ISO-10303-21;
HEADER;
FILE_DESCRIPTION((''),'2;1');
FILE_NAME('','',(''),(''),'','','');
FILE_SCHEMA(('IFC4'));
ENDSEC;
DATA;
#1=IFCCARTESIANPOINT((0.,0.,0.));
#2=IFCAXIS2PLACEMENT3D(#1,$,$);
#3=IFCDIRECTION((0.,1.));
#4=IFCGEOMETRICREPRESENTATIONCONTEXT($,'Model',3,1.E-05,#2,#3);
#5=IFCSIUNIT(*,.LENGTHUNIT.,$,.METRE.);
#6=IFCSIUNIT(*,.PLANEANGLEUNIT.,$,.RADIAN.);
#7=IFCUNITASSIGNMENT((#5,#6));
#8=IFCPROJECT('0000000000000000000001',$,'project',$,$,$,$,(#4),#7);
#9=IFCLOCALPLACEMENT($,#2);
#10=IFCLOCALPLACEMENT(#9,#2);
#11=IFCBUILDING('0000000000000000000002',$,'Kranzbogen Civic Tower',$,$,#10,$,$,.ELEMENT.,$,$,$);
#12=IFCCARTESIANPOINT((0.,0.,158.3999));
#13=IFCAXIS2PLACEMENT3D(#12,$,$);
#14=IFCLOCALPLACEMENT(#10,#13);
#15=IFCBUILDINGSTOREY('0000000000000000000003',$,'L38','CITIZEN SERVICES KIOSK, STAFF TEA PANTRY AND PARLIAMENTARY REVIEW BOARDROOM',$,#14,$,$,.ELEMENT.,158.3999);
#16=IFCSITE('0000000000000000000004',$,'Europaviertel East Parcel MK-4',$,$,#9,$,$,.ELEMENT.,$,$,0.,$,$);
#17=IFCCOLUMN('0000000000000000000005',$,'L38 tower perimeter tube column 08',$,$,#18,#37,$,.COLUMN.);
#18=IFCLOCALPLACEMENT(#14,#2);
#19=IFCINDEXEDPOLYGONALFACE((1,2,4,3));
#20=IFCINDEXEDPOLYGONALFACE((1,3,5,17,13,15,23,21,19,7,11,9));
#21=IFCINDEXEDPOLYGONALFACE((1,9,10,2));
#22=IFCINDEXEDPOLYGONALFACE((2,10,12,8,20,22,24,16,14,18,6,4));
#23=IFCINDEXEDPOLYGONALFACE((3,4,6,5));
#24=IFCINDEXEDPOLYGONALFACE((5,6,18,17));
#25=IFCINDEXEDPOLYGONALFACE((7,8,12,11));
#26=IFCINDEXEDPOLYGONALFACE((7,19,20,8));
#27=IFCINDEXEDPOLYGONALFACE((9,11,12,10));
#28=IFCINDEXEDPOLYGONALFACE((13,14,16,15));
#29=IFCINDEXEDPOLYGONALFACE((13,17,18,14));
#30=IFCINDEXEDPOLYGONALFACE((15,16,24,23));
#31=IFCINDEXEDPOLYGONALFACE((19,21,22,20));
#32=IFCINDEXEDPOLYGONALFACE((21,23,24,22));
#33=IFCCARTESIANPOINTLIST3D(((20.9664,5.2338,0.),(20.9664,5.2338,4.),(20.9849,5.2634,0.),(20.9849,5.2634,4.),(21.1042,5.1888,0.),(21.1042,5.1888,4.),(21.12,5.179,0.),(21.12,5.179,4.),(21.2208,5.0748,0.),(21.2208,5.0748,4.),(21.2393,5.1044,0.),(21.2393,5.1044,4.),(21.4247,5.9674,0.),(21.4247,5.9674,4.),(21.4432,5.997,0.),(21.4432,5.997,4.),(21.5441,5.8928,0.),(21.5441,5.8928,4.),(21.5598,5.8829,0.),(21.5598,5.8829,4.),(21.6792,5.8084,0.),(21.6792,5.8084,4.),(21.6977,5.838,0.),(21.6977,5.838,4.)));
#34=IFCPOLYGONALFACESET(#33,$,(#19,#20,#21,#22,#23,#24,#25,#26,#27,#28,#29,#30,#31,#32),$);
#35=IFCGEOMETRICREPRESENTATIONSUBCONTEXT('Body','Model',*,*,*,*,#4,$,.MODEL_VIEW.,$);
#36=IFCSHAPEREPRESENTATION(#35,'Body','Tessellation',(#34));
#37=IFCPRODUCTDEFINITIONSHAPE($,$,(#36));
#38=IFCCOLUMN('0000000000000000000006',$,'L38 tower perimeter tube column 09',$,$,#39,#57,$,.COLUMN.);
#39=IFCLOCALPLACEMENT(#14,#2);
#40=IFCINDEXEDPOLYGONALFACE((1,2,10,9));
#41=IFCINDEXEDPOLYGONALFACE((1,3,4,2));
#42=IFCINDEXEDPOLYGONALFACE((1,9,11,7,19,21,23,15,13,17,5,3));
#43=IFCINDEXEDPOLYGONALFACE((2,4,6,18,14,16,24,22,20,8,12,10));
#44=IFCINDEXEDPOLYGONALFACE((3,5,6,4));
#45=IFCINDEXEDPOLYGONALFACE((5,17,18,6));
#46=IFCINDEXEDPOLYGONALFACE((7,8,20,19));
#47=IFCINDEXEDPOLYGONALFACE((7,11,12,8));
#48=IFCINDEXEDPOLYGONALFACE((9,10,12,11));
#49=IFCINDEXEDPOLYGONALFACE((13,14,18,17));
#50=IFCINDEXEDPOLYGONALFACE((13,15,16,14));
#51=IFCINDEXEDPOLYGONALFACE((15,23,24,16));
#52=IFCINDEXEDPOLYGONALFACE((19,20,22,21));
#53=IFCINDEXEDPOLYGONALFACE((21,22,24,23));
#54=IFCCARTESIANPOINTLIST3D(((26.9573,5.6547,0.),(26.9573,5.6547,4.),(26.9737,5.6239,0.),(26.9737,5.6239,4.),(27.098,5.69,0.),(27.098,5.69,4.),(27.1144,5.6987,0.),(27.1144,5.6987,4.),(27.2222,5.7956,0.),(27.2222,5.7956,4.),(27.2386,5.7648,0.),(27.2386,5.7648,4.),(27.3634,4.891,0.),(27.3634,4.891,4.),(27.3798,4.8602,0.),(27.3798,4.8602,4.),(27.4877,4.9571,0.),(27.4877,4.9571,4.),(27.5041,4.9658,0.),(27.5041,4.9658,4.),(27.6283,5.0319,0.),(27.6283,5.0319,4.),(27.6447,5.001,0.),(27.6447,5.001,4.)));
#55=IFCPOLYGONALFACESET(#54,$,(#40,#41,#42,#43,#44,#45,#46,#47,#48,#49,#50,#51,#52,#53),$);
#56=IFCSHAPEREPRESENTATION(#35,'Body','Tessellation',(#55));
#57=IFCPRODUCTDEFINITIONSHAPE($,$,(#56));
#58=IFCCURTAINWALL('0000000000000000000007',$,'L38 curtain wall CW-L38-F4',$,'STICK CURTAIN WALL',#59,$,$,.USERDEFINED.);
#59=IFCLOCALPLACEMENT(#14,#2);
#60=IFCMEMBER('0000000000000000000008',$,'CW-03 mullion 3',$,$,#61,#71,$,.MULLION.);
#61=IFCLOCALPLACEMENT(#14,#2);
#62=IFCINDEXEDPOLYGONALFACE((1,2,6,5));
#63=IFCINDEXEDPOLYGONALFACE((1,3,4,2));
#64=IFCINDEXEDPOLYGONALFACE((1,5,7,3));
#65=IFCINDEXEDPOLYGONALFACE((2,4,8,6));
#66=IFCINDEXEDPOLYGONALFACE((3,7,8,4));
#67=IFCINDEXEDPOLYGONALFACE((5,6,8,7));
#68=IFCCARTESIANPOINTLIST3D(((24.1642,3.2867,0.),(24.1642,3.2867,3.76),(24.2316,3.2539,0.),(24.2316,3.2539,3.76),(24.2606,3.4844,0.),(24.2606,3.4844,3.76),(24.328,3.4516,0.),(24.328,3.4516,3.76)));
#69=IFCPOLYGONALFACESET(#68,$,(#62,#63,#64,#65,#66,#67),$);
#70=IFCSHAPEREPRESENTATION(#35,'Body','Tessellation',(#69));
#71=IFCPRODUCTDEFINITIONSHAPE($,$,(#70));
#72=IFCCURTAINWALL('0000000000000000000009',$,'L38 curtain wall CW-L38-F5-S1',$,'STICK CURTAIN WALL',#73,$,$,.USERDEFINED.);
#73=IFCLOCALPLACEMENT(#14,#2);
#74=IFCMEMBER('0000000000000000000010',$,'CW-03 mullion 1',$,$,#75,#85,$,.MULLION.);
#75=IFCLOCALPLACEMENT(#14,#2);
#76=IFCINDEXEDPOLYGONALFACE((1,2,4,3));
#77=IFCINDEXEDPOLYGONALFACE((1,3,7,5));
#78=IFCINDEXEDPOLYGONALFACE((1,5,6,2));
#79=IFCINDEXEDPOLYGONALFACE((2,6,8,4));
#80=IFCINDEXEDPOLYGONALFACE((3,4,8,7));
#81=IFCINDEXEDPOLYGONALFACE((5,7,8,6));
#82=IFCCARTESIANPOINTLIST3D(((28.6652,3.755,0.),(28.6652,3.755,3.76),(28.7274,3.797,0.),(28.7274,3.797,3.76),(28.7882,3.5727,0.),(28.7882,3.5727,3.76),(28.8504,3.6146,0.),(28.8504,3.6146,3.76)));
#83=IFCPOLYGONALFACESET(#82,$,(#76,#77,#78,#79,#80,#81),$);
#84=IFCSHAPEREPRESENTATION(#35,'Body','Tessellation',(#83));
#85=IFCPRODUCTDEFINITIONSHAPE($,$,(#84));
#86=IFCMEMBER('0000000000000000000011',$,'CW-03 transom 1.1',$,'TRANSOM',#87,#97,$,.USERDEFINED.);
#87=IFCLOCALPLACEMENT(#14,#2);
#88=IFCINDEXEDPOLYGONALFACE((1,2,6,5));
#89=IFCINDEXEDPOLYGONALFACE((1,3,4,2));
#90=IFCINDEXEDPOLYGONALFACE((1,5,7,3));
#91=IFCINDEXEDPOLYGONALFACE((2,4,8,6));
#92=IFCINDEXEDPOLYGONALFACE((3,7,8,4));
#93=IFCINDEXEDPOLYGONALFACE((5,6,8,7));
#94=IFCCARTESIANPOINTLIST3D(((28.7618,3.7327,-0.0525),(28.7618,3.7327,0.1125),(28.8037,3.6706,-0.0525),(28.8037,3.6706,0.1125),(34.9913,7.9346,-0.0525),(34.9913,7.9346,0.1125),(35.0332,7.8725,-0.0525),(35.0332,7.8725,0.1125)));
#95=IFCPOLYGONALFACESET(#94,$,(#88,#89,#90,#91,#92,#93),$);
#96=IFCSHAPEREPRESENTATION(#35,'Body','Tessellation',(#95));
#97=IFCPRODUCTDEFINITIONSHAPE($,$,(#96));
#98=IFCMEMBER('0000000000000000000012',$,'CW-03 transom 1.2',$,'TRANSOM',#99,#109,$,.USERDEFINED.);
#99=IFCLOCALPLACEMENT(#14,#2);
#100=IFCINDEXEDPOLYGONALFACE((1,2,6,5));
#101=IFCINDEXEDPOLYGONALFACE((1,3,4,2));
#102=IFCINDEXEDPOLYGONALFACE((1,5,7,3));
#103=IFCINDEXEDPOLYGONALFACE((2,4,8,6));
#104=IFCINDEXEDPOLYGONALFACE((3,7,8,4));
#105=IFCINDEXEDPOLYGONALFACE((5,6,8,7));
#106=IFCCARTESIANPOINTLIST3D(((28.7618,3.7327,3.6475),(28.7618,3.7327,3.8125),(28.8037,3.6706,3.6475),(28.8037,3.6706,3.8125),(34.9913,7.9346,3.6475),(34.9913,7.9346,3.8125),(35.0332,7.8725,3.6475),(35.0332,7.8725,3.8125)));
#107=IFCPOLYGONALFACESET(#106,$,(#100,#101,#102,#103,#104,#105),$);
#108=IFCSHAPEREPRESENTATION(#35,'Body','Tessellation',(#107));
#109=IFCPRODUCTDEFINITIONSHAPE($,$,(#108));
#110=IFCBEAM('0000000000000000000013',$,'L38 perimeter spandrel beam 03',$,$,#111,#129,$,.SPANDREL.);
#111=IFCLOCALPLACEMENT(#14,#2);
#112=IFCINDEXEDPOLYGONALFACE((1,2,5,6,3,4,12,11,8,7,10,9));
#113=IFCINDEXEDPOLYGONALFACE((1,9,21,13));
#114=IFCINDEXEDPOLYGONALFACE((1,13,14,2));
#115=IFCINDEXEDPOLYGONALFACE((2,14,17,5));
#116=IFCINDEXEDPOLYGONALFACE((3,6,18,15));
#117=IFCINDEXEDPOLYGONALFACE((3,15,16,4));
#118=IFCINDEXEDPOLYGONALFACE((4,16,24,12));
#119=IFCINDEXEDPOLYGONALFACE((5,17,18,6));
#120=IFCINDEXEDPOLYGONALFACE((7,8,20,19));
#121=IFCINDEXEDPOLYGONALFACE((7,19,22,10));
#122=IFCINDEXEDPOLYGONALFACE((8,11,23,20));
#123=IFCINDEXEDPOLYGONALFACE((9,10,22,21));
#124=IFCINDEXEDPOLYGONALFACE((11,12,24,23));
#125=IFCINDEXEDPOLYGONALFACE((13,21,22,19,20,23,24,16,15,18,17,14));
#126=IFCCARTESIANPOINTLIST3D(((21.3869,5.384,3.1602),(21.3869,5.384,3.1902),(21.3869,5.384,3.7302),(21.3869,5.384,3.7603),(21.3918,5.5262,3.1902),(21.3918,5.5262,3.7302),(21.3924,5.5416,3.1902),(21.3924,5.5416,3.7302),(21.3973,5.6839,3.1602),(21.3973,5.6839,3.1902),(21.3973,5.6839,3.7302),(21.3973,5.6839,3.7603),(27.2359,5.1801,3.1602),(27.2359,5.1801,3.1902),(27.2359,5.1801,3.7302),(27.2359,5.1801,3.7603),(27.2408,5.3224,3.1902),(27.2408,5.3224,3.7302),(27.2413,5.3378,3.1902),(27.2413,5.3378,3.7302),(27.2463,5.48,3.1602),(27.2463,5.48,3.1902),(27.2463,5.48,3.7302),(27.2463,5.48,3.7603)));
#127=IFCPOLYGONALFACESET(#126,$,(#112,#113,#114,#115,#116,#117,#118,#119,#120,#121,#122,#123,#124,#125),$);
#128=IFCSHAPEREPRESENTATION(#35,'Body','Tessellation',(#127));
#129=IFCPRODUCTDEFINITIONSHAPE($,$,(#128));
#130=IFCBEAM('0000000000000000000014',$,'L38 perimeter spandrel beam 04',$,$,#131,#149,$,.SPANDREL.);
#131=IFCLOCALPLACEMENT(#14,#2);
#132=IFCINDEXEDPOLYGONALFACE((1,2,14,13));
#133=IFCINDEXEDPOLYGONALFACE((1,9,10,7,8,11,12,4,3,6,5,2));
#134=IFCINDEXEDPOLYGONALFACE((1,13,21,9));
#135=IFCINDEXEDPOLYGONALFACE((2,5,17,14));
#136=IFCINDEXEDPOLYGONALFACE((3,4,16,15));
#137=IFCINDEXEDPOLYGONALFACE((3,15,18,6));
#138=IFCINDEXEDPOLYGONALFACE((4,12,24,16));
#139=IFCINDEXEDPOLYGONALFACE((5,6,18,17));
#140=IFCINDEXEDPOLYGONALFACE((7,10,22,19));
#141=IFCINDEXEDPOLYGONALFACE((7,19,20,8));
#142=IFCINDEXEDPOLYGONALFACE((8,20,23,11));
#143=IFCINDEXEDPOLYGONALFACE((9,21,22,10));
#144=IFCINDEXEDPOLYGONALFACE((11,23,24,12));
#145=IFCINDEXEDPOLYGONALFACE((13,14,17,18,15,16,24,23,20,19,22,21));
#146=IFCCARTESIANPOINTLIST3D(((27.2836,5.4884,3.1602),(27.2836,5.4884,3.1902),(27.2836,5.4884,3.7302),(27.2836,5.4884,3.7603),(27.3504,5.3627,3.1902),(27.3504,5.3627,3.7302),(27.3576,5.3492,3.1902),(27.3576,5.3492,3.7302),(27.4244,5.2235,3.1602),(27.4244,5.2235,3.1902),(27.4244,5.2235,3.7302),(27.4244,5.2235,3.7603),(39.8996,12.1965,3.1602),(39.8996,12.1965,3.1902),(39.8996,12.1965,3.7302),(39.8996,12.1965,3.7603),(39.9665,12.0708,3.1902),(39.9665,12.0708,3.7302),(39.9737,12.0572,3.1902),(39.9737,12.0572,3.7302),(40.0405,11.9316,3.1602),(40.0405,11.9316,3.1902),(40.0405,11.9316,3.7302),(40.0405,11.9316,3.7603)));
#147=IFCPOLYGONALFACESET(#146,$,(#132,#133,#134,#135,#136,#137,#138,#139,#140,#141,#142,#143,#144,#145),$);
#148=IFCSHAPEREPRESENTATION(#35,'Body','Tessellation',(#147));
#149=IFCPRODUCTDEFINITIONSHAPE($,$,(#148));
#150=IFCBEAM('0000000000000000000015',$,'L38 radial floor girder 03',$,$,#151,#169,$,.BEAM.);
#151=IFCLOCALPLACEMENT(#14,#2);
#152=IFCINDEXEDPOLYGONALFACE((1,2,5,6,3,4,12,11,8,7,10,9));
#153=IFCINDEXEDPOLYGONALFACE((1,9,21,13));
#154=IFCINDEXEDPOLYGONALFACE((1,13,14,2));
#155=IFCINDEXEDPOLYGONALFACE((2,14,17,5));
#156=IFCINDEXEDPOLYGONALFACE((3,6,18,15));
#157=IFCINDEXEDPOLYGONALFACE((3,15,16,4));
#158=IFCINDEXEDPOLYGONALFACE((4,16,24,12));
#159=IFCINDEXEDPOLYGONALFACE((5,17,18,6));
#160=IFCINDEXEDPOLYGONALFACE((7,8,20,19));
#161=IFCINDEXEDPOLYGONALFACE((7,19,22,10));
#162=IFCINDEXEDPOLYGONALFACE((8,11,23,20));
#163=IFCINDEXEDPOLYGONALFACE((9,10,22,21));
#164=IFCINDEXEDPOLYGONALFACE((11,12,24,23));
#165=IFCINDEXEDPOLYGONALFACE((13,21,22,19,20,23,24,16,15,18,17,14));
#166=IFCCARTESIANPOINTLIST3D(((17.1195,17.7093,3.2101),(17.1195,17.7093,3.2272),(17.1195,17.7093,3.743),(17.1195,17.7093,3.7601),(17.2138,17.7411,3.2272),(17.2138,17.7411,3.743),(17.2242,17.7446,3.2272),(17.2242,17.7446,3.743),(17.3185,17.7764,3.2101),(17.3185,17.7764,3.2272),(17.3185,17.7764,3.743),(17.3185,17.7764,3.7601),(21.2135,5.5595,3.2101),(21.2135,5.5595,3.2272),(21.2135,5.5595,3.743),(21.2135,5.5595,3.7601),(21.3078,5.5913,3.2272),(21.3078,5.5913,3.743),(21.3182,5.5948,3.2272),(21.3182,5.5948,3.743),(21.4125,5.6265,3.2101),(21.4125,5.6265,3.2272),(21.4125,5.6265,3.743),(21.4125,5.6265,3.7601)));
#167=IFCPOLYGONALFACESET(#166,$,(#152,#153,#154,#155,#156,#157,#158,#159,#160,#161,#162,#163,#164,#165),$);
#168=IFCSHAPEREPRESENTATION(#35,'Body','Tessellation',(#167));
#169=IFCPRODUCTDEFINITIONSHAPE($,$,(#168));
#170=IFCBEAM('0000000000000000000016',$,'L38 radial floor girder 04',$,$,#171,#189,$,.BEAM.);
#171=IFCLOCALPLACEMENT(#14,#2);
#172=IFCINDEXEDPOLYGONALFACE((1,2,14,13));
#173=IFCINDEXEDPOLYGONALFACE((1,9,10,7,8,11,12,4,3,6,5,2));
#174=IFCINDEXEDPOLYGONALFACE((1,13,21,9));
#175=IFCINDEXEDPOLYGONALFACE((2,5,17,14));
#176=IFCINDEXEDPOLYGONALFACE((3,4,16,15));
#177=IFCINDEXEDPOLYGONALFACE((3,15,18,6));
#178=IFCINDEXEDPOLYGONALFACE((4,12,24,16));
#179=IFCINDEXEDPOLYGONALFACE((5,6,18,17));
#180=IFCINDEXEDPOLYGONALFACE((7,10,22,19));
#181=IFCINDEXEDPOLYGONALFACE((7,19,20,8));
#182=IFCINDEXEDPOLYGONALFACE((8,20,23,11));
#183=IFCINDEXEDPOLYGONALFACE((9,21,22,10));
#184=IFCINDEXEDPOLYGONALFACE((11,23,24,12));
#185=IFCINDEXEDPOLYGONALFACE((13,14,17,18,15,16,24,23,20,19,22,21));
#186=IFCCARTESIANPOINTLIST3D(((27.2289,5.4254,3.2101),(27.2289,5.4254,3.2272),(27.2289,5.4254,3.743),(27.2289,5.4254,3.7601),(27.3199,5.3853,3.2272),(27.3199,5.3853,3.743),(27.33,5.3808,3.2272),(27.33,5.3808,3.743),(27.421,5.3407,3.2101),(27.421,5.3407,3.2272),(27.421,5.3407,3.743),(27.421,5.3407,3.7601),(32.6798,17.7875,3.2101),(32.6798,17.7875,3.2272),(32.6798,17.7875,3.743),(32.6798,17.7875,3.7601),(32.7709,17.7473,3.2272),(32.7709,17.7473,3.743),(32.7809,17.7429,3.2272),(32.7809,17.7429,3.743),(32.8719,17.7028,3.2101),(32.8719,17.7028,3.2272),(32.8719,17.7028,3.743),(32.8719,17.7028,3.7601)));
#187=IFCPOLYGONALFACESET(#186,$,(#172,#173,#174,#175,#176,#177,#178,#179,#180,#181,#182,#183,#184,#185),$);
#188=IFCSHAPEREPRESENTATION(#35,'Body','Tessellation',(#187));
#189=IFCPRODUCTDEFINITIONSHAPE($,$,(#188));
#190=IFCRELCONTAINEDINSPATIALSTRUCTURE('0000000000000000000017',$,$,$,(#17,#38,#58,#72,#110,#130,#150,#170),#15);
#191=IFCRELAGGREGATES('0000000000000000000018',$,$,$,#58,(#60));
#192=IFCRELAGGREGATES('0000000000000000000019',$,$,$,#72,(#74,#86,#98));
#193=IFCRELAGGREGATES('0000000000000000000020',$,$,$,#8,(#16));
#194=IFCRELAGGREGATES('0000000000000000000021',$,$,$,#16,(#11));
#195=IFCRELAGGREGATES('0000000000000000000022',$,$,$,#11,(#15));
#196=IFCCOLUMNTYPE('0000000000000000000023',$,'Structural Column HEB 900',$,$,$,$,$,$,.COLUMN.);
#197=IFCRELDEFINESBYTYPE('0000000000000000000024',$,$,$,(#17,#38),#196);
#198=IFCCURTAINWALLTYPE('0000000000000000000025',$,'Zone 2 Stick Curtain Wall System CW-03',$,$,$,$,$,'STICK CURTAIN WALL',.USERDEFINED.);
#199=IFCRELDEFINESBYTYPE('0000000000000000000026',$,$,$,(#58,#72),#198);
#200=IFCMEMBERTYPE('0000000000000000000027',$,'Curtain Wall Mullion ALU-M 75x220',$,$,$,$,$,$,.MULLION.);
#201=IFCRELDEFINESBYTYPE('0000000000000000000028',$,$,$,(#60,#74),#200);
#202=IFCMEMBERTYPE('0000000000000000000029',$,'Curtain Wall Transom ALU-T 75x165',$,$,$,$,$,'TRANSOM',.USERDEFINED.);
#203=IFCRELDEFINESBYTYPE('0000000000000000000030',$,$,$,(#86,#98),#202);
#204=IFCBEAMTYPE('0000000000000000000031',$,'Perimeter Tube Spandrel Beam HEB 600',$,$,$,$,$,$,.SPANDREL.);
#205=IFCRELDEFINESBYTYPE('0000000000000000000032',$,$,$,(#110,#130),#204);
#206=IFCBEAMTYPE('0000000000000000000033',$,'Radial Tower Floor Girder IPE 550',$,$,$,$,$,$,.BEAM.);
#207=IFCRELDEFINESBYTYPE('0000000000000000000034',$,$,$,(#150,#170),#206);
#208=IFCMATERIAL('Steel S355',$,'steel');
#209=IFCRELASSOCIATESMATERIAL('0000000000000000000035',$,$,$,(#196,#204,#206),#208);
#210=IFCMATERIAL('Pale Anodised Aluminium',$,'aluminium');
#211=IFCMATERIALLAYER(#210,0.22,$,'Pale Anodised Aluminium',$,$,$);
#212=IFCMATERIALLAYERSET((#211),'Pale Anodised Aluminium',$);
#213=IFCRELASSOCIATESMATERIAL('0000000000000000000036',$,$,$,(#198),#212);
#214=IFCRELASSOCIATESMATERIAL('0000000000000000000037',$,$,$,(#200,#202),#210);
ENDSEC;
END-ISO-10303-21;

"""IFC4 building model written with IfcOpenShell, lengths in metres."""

from ifc_helpers import new_model, si_unit, direction, frame, origin, origin_2d, place, context, subcontext, project, spatial, rectangle, i_section, extrude, material, layer, layer_set, material_profile, profile_set, type_object, element, aggregate, save


model = new_model("IFC4")

# Units and contexts
model_context = context("Model", 3, precision=1e-05, world=origin(), true_north=direction((0.0, 1.0)))
body_context = subcontext(model_context, "Body", "Model", "MODEL_VIEW")
ifc_project = project(units=[si_unit("LENGTHUNIT", "METRE"), si_unit("PLANEANGLEUNIT", "RADIAN")], contexts=[model_context])

# Site, building, storey
site_placement = place(None, origin())
site = spatial("IfcSite", under=ifc_project, at=site_placement, Name="Europaviertel East Parcel MK-4", CompositionType="ELEMENT", RefElevation=0.0)
building_placement = place(site_placement, origin())
building = spatial("IfcBuilding", under=site, at=building_placement, Name="Kranzbogen Civic Tower", CompositionType="ELEMENT")
storey_placement = place(building_placement, frame((0.0, 0.0, 158.3999)))
storey = spatial("IfcBuildingStorey", under=building, at=storey_placement, Name="L38", Description="CITIZEN SERVICES KIOSK, STAFF TEA PANTRY AND PARLIAMENTARY REVIEW BOARDROOM", CompositionType="ELEMENT", Elevation=158.3999)

# Columns
ifc_material_1 = material(Name="Steel S355", Category="steel")
ifc_material_profile_1 = material_profile(ifc_material_1, i_section(OverallWidth=0.3, OverallDepth=0.8999, WebThickness=0.0186, FlangeThickness=0.0349, at=origin_2d()), Name="HEB 900")
ifc_profile_set_1 = profile_set([ifc_material_profile_1], Name="Steel S355")
column_type = type_object("IfcColumnType", Name="Structural Column HEB 900", PredefinedType="COLUMN", material=ifc_profile_set_1)
for number, where, z_axis, x_axis, name in (
    (1, (21.332, 5.5359, 0.0), (0.0, 0.0, 1.0), (-0.848048, 0.529919, 0.0), "L38 tower perimeter tube column 08"),
    (2, (27.301, 5.3279, 0.0), (0.0, 0.0, 1.0), (0.882948, 0.469472, 0.0), "L38 tower perimeter tube column 09"),
):
    element("IfcColumn", number, at=place(storey_placement, frame(where, z_axis=z_axis, x_axis=x_axis)), inside=storey, type_object=column_type, Name=name, PredefinedType="COLUMN", context=body_context, shape_type="SweptSolid", body=[
        extrude(i_section(OverallWidth=0.3, OverallDepth=0.8999, WebThickness=0.0186, FlangeThickness=0.0349, at=origin_2d()), origin(), (0.0, 0.0, 1.0), 4.0),
    ])

# Curtain wall, member
ifc_material_2 = material(Name="Pale Anodised Aluminium", Category="aluminium")
ifc_layer_1 = layer(ifc_material_2, 0.22, Name="Pale Anodised Aluminium")
ifc_layer_set_1 = layer_set([ifc_layer_1], Name="Pale Anodised Aluminium")
curtain_wall_type = type_object("IfcCurtainWallType", Name="Zone 2 Stick Curtain Wall System CW-03", ElementType="STICK CURTAIN WALL", PredefinedType="USERDEFINED", material=ifc_layer_set_1)
curtain_wall_1_placement = place(storey_placement, origin())
curtain_wall_1 = element("IfcCurtainWall", 3, at=curtain_wall_1_placement, inside=storey, type_object=curtain_wall_type, Name="L38 curtain wall CW-L38-F4", ObjectType="STICK CURTAIN WALL", PredefinedType="USERDEFINED")
ifc_material_profile_2 = material_profile(ifc_material_2, rectangle(XDim=0.075, YDim=0.22, at=origin_2d()), Name="ALU-M 75x220")
ifc_profile_set_2 = profile_set([ifc_material_profile_2], Name="Pale Anodised Aluminium")
member_type_1 = type_object("IfcMemberType", Name="Curtain Wall Mullion ALU-M 75x220", PredefinedType="MULLION", material=ifc_profile_set_2)
member_1_placement = place(storey_placement, frame((24.2461, 3.3691, 0.0), z_axis=(0.0, 0.0, 1.0), x_axis=(0.898787, -0.438386, 0.0)))
member_1 = element("IfcMember", 4, at=member_1_placement, type_object=member_type_1, Name="CW-03 mullion 3", PredefinedType="MULLION", context=body_context, shape_type="SweptSolid", body=[
    extrude(rectangle(XDim=0.075, YDim=0.22, at=origin_2d()), origin(), (0.0, 0.0, 1.0), 3.76),
])
aggregate(curtain_wall_1, [member_1])

# Curtain wall, members
curtain_wall_2_placement = place(storey_placement, origin())
curtain_wall_2 = element("IfcCurtainWall", 5, at=curtain_wall_2_placement, inside=storey, type_object=curtain_wall_type, Name="L38 curtain wall CW-L38-F5-S1", ObjectType="STICK CURTAIN WALL", PredefinedType="USERDEFINED")
member_2_placement = place(storey_placement, frame((28.7578, 3.6848, 0.0), z_axis=(0.0, 0.0, 1.0), x_axis=(0.829035, 0.559196, 0.0)))
member_2 = element("IfcMember", 6, at=member_2_placement, type_object=member_type_1, Name="CW-03 mullion 1", PredefinedType="MULLION", context=body_context, shape_type="SweptSolid", body=[
    extrude(rectangle(XDim=0.075, YDim=0.22, at=origin_2d()), origin(), (0.0, 0.0, 1.0), 3.76),
])
ifc_material_profile_3 = material_profile(ifc_material_2, rectangle(XDim=0.075, YDim=0.165, at=origin_2d()), Name="ALU-T 75x165")
ifc_profile_set_3 = profile_set([ifc_material_profile_3], Name="Pale Anodised Aluminium")
member_type_2 = type_object("IfcMemberType", Name="Curtain Wall Transom ALU-T 75x165", ElementType="TRANSOM", PredefinedType="USERDEFINED", material=ifc_profile_set_3)
member_3_placement = place(storey_placement, frame((28.7827, 3.7017, 0.03), z_axis=(0.829034, 0.559198, 0.0), x_axis=(-0.559198, 0.829034, 0.0)))
member_3 = element("IfcMember", 7, at=member_3_placement, type_object=member_type_2, Name="CW-03 transom 1.1", ObjectType="TRANSOM", PredefinedType="USERDEFINED", context=body_context, shape_type="SweptSolid", body=[
    extrude(rectangle(XDim=0.075, YDim=0.165, at=origin_2d()), origin(), (0.0, 0.0, 1.0), 7.5142),
])
member_4_placement = place(storey_placement, frame((28.7827, 3.7017, 3.73), z_axis=(0.829034, 0.559198, 0.0), x_axis=(-0.559198, 0.829034, 0.0)))
member_4 = element("IfcMember", 8, at=member_4_placement, type_object=member_type_2, Name="CW-03 transom 1.2", ObjectType="TRANSOM", PredefinedType="USERDEFINED", context=body_context, shape_type="SweptSolid", body=[
    extrude(rectangle(XDim=0.075, YDim=0.165, at=origin_2d()), origin(), (0.0, 0.0, 1.0), 7.5142),
])
aggregate(curtain_wall_2, [member_2, member_3, member_4])

# Beams
ifc_material_profile_4 = material_profile(ifc_material_1, i_section(OverallWidth=0.3, OverallDepth=0.6001, WebThickness=0.0154, FlangeThickness=0.03, at=origin_2d()), Name="HEB 600")
ifc_profile_set_4 = profile_set([ifc_material_profile_4], Name="Steel S355")
beam_type_1 = type_object("IfcBeamType", Name="Perimeter Tube Spandrel Beam HEB 600", PredefinedType="SPANDREL", material=ifc_profile_set_4)
beam_1_placement = place(storey_placement, frame((21.3921, 5.5339, 3.4602), z_axis=(0.999393, -0.034833, 0.0), x_axis=(0.034833, 0.999393, 0.0)))
element("IfcBeam", 9, at=beam_1_placement, inside=storey, type_object=beam_type_1, Name="L38 perimeter spandrel beam 03", PredefinedType="SPANDREL", context=body_context, shape_type="SweptSolid", body=[
    extrude(i_section(OverallWidth=0.3, OverallDepth=0.6001, WebThickness=0.0154, FlangeThickness=0.03, at=origin_2d()), origin(), (0.0, 0.0, 1.0), 5.8525),
])
beam_2_placement = place(storey_placement, frame((27.354, 5.356, 3.4602), z_axis=(0.882948, 0.46947, 0.0), x_axis=(-0.46947, 0.882948, 0.0)))
element("IfcBeam", 10, at=beam_2_placement, inside=storey, type_object=beam_type_1, Name="L38 perimeter spandrel beam 04", PredefinedType="SPANDREL", context=body_context, shape_type="SweptSolid", body=[
    extrude(i_section(OverallWidth=0.3, OverallDepth=0.6001, WebThickness=0.0154, FlangeThickness=0.03, at=origin_2d()), origin(), (0.0, 0.0, 1.0), 14.2886),
])
ifc_material_profile_5 = material_profile(ifc_material_1, i_section(OverallWidth=0.21, OverallDepth=0.55, WebThickness=0.011, FlangeThickness=0.0171, at=origin_2d()), Name="IPE 550")
ifc_profile_set_5 = profile_set([ifc_material_profile_5], Name="Steel S355")
beam_type_2 = type_object("IfcBeamType", Name="Radial Tower Floor Girder IPE 550", PredefinedType="BEAM", material=ifc_profile_set_5)
beam_3_placement = place(storey_placement, frame((21.313, 5.593, 3.4851), z_axis=(-0.319317, 0.947648, 0.0), x_axis=(-0.947648, -0.319317, 0.0)))
element("IfcBeam", 11, at=beam_3_placement, inside=storey, type_object=beam_type_2, Name="L38 radial floor girder 03", PredefinedType="BEAM", context=body_context, shape_type="SweptSolid", body=[
    extrude(i_section(OverallWidth=0.21, OverallDepth=0.55, WebThickness=0.011, FlangeThickness=0.0171, at=origin_2d()), origin(), (0.0, 0.0, 1.0), 12.821),
])
beam_4_placement = place(storey_placement, frame((27.325, 5.3831, 3.4851), z_axis=(0.403459, 0.914998, 0.0), x_axis=(-0.914998, 0.403459, 0.0)))
element("IfcBeam", 12, at=beam_4_placement, inside=storey, type_object=beam_type_2, Name="L38 radial floor girder 04", PredefinedType="BEAM", context=body_context, shape_type="SweptSolid", body=[
    extrude(i_section(OverallWidth=0.21, OverallDepth=0.55, WebThickness=0.011, FlangeThickness=0.0171, at=origin_2d()), origin(), (0.0, 0.0, 1.0), 13.5105),
])

save(model, "model.ifc")
